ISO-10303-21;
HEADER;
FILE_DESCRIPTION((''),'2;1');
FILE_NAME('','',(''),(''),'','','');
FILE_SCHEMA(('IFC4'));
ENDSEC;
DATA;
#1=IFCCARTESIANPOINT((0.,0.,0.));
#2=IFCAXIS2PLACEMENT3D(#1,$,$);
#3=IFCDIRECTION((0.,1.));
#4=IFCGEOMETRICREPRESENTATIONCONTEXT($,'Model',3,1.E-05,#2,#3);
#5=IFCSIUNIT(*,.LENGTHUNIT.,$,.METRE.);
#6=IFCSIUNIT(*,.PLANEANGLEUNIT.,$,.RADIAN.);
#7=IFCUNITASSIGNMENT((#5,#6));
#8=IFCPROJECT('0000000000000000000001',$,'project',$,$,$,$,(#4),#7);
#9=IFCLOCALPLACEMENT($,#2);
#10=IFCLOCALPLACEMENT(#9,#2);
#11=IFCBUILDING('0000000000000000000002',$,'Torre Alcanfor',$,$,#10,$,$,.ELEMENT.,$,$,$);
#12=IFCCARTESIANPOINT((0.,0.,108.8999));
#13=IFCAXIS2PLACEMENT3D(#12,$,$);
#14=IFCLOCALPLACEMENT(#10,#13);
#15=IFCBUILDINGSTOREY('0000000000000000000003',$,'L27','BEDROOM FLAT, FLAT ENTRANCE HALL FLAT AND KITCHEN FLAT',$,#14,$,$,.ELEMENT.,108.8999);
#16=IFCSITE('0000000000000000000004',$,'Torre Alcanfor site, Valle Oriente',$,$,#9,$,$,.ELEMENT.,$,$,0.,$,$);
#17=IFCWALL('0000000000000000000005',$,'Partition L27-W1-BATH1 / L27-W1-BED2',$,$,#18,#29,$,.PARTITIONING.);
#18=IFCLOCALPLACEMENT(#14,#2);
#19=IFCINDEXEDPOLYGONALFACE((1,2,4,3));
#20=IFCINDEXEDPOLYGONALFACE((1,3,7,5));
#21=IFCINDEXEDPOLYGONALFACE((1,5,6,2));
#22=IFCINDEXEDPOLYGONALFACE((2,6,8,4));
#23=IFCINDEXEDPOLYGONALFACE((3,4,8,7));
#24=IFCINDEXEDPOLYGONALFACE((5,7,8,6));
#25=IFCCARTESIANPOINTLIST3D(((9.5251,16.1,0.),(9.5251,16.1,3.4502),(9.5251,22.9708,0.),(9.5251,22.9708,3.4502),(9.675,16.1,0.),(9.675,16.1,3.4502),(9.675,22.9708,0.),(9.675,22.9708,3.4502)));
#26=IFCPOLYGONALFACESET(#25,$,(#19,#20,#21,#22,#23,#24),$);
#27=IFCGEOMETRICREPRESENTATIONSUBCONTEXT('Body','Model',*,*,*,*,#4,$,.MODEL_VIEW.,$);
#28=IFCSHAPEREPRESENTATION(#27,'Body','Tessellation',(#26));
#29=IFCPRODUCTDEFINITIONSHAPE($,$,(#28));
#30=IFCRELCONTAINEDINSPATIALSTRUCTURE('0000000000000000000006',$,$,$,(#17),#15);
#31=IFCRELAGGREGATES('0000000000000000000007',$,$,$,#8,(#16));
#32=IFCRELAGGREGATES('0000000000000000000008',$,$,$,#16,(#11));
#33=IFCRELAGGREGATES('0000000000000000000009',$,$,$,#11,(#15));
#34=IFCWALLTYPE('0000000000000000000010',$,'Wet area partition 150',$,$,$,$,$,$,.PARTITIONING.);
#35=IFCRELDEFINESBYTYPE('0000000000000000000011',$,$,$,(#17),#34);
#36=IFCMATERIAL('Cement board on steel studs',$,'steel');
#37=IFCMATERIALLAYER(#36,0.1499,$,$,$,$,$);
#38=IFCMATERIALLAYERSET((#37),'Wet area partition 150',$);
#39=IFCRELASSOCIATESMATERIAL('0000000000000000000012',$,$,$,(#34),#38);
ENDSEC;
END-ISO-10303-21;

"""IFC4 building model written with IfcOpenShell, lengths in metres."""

from ifc_helpers import new_model, si_unit, direction, frame, frame_2d, origin, place, context, subcontext, project, spatial, rectangle, extrude, material, layer, layer_set, type_object, element, save


model = new_model("IFC4")

# Units and contexts
model_context = context("Model", 3, precision=1e-05, world=origin(), true_north=direction((0.0, 1.0)))
body_context = subcontext(model_context, "Body", "Model", "MODEL_VIEW")
ifc_project = project(units=[si_unit("LENGTHUNIT", "METRE"), si_unit("PLANEANGLEUNIT", "RADIAN")], contexts=[model_context])

# Site, building, storey
site_placement = place(None, origin())
site = spatial("IfcSite", under=ifc_project, at=site_placement, Name="Torre Alcanfor site, Valle Oriente", CompositionType="ELEMENT", RefElevation=0.0)
building_placement = place(site_placement, origin())
building = spatial("IfcBuilding", under=site, at=building_placement, Name="Torre Alcanfor", CompositionType="ELEMENT")
storey_placement = place(building_placement, frame((0.0, 0.0, 108.8999)))
storey = spatial("IfcBuildingStorey", under=building, at=storey_placement, Name="L27", Description="BEDROOM FLAT, FLAT ENTRANCE HALL FLAT AND KITCHEN FLAT", CompositionType="ELEMENT", Elevation=108.8999)

# Shared definitions
ifc_material_1 = material(Name="Cement board on steel studs", Category="steel")
ifc_layer_1 = layer(ifc_material_1, 0.1499)
ifc_layer_set_1 = layer_set([ifc_layer_1], Name="Wet area partition 150")
wall_type_1 = type_object("IfcWallType", Name="Wet area partition 150", PredefinedType="PARTITIONING", material=ifc_layer_set_1)

# Wall
for number, where, z_axis, x_axis, name in (
    (1, (9.6001, 22.9709, 0.0), (0.0, 0.0, 1.0), (0.0, -1.0, 0.0), "Partition L27-W1-BATH1 / L27-W1-BED2"),
):
    element("IfcWall", number, at=place(storey_placement, frame(where, z_axis=z_axis, x_axis=x_axis)), inside=storey, type_object=wall_type_1, Name=name, PredefinedType="PARTITIONING", context=body_context, shape_type="SweptSolid", body=[
        extrude(rectangle(XDim=6.8708, YDim=0.1499, at=frame_2d((3.4355, 0.0))), origin(), (0.0, 0.0, 1.0), 3.4502),
    ])

save(model, "model.ifc")
